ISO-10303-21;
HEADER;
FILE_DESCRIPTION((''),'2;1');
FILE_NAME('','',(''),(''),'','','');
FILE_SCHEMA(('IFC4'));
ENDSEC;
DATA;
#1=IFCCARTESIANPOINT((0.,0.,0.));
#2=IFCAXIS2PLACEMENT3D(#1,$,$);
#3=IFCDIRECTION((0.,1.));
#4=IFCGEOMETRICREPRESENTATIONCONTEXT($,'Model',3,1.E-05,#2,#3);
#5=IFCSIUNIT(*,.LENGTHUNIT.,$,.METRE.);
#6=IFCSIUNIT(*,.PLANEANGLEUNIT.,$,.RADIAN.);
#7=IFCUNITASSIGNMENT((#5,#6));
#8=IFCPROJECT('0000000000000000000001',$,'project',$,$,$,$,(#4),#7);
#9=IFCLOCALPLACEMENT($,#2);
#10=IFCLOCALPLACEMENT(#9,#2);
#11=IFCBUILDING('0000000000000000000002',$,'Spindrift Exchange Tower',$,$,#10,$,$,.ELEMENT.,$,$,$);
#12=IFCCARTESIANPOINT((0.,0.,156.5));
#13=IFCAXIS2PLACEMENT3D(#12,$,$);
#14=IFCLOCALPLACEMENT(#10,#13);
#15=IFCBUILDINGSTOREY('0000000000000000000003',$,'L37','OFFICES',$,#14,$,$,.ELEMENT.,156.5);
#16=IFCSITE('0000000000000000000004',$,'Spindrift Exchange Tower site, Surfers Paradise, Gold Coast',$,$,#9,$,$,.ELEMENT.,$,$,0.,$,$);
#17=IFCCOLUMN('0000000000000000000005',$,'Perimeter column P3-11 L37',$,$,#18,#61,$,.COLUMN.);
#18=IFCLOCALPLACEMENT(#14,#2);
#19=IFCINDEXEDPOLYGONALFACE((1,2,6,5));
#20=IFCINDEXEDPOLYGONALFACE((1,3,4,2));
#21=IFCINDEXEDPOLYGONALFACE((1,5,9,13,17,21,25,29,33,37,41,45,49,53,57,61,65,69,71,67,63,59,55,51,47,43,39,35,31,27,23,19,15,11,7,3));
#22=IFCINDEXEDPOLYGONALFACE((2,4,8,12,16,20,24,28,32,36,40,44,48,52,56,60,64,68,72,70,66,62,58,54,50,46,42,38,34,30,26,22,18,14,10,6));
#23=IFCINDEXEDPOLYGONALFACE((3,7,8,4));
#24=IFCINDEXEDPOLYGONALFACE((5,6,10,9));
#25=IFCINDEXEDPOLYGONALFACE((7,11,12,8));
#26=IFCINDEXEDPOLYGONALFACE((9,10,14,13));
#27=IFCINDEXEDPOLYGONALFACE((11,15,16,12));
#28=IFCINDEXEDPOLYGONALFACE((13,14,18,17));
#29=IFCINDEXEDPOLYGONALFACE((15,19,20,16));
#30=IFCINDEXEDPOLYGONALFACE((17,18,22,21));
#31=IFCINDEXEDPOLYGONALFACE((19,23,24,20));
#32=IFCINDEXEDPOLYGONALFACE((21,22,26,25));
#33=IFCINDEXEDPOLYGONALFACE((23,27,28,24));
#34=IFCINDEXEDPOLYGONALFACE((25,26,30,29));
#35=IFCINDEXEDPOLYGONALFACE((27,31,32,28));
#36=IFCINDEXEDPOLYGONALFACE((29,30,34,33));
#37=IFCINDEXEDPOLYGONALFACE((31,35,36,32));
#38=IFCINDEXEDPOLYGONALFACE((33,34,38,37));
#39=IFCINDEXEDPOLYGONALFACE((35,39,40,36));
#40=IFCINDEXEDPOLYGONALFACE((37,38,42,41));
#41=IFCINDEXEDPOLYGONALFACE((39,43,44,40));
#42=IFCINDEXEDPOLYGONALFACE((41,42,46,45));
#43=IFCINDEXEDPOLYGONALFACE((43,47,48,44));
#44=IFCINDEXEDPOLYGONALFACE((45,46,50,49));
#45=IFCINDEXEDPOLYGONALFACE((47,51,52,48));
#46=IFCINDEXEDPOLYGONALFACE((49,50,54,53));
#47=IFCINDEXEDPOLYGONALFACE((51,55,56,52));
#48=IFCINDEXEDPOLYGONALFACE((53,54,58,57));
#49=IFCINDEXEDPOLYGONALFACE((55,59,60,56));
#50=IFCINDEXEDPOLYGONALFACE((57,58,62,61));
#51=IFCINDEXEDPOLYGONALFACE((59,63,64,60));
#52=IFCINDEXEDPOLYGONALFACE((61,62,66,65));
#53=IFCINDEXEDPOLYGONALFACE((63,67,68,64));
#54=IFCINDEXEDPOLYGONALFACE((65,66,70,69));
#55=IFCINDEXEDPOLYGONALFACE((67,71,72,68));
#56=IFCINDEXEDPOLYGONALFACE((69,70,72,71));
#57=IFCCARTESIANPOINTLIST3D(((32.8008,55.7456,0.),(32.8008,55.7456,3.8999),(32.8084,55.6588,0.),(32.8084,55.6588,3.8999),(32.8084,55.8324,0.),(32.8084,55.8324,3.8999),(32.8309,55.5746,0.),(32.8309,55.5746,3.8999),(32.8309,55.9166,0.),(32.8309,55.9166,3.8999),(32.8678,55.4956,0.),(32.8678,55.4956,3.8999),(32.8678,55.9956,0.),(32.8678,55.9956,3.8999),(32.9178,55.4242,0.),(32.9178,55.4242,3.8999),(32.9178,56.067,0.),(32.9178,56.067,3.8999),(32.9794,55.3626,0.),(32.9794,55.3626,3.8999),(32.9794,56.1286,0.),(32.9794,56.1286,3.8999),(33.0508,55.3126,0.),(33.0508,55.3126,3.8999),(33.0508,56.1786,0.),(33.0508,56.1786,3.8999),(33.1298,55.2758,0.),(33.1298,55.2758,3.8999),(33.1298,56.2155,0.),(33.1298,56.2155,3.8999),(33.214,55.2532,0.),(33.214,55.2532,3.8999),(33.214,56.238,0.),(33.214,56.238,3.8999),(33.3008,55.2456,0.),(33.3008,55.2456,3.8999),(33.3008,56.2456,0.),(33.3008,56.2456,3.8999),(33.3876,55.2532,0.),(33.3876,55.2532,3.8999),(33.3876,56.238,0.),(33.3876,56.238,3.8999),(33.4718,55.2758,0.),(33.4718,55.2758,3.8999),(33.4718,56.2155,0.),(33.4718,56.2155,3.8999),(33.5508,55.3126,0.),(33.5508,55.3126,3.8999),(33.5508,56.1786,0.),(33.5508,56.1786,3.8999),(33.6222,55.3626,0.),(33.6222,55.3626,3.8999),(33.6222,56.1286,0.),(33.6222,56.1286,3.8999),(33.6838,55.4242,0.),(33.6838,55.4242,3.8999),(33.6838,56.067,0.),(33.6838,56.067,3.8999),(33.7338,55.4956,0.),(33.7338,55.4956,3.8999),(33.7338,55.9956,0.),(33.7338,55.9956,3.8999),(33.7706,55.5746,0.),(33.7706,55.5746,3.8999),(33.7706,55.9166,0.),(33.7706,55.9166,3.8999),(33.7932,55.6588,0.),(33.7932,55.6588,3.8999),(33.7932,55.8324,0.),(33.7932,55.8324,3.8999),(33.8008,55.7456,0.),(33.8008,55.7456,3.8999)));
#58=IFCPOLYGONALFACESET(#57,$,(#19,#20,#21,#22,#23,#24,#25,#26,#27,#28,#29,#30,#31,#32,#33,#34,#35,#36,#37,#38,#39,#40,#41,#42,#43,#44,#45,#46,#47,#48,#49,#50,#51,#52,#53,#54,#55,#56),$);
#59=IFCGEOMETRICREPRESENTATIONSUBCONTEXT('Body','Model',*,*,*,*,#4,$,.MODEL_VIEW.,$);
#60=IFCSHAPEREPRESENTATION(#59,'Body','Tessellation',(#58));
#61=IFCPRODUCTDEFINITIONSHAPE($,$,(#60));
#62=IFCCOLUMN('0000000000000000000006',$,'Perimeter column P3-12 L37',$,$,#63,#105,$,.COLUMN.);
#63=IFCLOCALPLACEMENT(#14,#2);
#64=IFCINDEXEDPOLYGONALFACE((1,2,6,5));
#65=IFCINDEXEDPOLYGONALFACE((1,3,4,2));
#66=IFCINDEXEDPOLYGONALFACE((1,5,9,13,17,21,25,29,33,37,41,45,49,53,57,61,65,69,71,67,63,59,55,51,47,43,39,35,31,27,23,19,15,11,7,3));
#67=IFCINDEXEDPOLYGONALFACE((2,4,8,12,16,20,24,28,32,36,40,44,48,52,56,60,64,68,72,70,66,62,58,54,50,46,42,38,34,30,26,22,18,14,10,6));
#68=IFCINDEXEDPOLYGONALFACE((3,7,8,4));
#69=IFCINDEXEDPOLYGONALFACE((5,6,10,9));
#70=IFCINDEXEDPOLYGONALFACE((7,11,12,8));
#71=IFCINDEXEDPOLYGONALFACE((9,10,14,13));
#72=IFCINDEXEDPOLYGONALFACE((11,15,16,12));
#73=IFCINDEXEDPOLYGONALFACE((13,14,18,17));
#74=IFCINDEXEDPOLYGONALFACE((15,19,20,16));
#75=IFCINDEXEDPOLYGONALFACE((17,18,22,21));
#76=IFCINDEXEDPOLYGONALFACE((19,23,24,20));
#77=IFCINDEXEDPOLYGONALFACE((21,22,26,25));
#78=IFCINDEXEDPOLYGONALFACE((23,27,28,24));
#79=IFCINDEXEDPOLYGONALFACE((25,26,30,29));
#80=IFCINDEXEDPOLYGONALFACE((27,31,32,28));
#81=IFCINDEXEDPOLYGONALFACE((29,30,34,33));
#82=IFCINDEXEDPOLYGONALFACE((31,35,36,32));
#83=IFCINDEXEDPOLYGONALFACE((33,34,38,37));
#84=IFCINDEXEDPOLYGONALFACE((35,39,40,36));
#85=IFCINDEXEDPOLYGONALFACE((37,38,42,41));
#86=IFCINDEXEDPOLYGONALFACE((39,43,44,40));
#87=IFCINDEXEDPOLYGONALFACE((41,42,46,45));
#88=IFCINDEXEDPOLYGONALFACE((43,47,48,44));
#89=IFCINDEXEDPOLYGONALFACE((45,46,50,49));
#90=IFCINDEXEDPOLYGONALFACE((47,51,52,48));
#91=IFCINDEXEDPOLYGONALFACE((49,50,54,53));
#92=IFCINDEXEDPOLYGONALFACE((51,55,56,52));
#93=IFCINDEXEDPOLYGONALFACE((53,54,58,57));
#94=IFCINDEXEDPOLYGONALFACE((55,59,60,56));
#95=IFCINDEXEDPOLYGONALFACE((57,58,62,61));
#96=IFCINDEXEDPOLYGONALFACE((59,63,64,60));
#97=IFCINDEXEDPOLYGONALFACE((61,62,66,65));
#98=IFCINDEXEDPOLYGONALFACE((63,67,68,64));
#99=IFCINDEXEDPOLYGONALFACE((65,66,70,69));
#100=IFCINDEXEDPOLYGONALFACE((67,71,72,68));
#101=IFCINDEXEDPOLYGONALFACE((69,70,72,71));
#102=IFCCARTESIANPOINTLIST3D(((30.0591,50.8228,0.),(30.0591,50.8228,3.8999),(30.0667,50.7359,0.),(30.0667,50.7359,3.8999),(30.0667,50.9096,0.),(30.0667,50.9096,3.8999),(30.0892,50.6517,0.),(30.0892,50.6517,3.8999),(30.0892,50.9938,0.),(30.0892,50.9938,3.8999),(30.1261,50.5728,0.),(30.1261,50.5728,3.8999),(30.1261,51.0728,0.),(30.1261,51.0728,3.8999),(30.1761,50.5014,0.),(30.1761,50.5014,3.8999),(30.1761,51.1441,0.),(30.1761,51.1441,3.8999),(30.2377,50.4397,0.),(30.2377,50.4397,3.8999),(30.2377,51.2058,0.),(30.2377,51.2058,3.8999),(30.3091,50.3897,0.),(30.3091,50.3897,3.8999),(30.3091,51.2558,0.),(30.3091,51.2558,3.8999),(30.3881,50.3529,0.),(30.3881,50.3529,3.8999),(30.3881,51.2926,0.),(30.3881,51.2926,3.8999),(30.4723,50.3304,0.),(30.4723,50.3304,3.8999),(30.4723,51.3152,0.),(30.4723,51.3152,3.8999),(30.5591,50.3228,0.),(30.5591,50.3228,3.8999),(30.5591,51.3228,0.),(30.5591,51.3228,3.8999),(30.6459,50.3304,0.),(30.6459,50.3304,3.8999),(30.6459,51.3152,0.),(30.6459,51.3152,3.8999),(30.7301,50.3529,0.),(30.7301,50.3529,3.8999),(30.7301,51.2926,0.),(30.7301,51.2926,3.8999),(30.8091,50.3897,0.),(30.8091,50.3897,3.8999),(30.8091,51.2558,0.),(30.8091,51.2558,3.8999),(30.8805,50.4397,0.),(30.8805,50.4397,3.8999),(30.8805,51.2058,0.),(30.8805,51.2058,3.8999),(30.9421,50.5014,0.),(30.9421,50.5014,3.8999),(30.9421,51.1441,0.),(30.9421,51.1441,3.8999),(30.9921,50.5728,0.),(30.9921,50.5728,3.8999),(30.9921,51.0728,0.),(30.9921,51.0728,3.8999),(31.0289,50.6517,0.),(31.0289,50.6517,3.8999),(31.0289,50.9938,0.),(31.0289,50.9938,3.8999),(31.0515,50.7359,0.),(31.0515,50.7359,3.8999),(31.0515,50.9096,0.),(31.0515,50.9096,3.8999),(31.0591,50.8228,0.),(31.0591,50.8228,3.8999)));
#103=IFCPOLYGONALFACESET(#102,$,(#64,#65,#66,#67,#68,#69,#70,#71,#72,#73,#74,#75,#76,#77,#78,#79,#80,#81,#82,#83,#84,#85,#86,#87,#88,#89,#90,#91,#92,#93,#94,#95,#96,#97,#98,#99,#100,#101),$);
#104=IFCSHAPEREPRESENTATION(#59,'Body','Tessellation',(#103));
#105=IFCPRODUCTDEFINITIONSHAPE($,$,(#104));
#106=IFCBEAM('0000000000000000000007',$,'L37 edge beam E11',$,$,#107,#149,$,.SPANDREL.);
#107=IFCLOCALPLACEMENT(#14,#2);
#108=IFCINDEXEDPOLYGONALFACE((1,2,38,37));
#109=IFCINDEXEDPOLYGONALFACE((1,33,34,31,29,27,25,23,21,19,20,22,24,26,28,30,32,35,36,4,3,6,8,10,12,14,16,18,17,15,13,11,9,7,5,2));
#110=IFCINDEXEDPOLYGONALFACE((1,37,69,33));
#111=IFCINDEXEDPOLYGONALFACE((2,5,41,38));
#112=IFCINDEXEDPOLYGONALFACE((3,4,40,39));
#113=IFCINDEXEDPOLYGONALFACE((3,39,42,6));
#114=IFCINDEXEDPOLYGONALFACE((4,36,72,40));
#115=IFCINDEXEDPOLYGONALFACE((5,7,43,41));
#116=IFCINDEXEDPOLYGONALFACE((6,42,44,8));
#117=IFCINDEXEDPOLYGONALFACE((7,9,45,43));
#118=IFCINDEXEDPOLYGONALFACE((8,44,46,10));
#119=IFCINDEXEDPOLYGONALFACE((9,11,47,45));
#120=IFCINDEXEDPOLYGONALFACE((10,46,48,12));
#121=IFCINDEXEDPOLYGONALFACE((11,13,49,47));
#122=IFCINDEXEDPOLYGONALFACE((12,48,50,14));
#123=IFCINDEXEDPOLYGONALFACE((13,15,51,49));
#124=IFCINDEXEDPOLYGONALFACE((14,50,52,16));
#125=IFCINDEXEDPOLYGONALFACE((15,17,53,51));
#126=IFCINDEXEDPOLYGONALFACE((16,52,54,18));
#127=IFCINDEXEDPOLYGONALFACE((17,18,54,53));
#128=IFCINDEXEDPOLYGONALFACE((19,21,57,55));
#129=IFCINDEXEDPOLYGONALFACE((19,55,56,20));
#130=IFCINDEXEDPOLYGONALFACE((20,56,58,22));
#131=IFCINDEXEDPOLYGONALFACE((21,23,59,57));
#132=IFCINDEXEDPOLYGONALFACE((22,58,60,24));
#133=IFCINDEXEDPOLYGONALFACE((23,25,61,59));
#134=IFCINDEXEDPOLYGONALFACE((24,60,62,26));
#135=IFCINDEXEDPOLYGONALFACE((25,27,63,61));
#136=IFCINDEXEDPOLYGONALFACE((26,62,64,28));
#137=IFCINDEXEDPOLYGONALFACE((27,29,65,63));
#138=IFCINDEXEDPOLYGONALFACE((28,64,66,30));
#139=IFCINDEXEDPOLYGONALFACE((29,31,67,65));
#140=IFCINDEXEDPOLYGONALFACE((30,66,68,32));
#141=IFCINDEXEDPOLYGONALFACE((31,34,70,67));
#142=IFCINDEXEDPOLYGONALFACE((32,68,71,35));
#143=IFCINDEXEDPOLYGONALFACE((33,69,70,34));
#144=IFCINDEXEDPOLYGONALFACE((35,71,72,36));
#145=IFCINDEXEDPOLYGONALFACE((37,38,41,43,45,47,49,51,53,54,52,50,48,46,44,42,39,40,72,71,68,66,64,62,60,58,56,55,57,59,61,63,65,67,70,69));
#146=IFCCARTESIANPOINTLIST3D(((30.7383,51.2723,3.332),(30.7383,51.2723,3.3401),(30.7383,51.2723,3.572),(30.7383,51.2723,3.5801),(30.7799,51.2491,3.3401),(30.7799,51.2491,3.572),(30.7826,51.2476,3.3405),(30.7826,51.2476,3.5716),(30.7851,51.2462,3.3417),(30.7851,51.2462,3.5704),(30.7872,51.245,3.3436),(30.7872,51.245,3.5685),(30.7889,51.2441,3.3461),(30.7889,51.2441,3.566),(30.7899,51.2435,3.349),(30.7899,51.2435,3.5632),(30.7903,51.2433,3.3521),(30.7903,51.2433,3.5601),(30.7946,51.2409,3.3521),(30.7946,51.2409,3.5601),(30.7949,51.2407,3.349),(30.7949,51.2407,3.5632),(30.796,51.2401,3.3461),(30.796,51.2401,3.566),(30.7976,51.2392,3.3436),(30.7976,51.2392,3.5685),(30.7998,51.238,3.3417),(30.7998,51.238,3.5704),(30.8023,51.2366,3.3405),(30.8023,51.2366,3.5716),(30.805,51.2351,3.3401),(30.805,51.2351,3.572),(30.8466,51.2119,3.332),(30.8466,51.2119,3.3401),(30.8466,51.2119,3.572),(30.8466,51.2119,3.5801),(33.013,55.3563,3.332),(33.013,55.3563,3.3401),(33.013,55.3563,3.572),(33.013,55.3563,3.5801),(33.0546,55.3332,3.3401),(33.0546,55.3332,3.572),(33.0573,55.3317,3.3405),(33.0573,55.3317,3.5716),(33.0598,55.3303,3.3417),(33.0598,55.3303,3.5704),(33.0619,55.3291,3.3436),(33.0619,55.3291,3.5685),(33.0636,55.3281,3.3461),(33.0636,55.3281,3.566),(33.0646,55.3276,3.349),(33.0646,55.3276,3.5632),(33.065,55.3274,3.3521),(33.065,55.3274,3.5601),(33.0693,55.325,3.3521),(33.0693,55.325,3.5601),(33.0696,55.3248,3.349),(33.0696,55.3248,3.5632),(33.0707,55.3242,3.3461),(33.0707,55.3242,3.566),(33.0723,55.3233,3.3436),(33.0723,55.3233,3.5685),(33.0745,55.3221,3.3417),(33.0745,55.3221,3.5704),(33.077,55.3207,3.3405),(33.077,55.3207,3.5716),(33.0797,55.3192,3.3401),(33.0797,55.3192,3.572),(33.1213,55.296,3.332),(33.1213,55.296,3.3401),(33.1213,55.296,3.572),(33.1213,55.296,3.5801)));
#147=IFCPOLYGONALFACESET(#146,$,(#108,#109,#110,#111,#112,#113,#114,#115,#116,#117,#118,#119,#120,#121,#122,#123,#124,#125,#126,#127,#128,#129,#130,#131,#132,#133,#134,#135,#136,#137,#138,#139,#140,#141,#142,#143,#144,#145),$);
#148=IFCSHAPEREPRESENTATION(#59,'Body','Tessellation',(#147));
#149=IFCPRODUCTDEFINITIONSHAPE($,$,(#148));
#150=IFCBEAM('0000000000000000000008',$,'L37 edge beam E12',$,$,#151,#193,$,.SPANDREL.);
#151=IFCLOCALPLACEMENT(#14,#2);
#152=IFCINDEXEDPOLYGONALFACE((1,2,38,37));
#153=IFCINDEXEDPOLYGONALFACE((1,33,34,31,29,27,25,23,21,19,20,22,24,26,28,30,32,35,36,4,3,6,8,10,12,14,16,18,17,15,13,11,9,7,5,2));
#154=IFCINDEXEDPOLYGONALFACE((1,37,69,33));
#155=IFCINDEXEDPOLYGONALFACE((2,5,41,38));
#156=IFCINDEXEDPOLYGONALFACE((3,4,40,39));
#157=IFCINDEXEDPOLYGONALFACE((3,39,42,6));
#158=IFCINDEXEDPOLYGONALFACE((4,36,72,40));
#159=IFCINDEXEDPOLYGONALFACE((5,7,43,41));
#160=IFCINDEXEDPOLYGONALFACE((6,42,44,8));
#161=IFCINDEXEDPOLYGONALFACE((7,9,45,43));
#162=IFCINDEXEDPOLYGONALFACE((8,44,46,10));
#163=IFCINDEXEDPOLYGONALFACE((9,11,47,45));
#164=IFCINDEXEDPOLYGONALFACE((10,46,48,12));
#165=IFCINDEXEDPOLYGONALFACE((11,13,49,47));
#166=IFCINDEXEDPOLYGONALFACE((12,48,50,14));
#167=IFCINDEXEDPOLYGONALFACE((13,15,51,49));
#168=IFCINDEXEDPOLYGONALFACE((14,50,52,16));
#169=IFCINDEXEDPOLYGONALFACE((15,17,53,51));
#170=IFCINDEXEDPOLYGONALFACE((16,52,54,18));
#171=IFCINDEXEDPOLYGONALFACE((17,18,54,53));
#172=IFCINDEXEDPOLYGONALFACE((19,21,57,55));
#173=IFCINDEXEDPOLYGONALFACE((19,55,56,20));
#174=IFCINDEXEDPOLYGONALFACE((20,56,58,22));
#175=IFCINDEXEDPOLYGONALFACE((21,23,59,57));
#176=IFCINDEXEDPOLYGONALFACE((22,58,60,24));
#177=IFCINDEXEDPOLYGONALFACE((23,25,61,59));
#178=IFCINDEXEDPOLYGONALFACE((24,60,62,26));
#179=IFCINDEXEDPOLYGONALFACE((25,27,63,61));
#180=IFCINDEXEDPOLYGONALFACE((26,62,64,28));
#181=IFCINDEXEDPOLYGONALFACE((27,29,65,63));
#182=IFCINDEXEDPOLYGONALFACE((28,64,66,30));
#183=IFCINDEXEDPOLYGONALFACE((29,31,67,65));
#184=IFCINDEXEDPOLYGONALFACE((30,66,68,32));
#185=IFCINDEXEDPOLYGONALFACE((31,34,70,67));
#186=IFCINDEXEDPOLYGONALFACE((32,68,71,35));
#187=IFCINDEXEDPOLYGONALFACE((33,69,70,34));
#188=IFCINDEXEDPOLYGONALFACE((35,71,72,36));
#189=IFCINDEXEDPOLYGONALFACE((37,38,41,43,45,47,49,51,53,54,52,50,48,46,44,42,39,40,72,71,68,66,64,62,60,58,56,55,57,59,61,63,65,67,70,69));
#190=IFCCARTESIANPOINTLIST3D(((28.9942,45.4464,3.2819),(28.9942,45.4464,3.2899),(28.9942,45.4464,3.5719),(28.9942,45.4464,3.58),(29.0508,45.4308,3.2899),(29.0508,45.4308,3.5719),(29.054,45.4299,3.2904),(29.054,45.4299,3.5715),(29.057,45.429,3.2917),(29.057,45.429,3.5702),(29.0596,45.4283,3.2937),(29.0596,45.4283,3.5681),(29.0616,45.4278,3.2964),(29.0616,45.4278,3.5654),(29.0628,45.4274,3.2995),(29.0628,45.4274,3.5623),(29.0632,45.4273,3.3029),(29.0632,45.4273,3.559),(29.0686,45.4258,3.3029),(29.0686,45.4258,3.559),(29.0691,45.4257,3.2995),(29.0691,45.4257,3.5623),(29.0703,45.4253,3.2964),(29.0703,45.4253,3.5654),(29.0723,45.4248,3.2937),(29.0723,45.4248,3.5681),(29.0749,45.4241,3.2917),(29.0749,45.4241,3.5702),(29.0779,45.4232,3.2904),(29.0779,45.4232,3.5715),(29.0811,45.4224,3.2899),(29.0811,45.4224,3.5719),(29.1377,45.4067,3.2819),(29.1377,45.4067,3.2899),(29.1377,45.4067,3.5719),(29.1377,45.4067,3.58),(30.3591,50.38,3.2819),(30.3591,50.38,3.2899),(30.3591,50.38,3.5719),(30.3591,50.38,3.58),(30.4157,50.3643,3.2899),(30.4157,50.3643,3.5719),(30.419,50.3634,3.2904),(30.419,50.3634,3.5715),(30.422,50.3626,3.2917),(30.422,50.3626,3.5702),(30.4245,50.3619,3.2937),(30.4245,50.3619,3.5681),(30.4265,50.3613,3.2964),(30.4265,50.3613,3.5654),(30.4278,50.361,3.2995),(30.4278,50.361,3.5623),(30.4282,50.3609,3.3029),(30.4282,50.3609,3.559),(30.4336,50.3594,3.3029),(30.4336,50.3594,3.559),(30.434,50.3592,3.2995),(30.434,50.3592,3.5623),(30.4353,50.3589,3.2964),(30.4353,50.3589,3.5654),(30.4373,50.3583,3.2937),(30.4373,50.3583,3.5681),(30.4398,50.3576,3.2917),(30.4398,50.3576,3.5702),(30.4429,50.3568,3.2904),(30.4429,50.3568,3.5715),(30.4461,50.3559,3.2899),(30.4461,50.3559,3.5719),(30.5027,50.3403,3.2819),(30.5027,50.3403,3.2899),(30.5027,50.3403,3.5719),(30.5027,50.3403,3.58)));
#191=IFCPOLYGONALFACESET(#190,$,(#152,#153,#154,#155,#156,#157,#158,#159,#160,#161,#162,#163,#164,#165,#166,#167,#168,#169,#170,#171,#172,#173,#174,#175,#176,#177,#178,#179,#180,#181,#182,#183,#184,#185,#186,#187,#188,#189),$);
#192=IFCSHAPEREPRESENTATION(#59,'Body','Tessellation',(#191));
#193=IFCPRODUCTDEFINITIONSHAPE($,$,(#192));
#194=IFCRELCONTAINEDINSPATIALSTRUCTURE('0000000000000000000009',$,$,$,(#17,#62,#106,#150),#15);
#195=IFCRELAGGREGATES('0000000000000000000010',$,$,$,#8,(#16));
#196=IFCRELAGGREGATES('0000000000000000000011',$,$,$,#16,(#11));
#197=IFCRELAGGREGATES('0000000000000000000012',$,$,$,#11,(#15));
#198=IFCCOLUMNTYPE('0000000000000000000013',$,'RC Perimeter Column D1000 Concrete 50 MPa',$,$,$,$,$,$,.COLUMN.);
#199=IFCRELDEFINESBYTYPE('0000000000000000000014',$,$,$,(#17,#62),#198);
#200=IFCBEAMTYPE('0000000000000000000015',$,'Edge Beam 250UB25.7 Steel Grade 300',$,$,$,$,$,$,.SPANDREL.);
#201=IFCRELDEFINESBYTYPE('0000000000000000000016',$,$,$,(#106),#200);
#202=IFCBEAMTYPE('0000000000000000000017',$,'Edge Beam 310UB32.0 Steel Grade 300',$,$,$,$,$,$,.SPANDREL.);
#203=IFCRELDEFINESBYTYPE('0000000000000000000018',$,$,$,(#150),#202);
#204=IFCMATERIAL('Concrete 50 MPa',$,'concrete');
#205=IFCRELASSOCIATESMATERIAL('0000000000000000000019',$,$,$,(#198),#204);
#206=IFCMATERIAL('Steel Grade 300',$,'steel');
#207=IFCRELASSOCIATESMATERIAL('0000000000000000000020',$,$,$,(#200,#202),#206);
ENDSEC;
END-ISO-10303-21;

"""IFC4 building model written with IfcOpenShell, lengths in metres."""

from ifc_helpers import new_model, si_unit, direction, frame, origin, origin_2d, place, context, subcontext, project, spatial, circle, i_section, extrude, source, transform, mapped, material, material_profile, profile_set, type_object, element, save


model = new_model("IFC4")

# Units and contexts
model_context = context("Model", 3, precision=1e-05, world=origin(), true_north=direction((0.0, 1.0)))
body_context = subcontext(model_context, "Body", "Model", "MODEL_VIEW")
ifc_project = project(units=[si_unit("LENGTHUNIT", "METRE"), si_unit("PLANEANGLEUNIT", "RADIAN")], contexts=[model_context])

# Site, building, storey
site_placement = place(None, origin())
site = spatial("IfcSite", under=ifc_project, at=site_placement, Name="Spindrift Exchange Tower site, Surfers Paradise, Gold Coast", CompositionType="ELEMENT", RefElevation=0.0)
building_placement = place(site_placement, origin())
building = spatial("IfcBuilding", under=site, at=building_placement, Name="Spindrift Exchange Tower", CompositionType="ELEMENT")
storey_placement = place(building_placement, frame((0.0, 0.0, 156.5)))
storey = spatial("IfcBuildingStorey", under=building, at=storey_placement, Name="L37", Description="OFFICES", CompositionType="ELEMENT", Elevation=156.5)

# Columns
ifc_material_1 = material(Name="Concrete 50 MPa", Category="concrete")
ifc_material_profile_1 = material_profile(ifc_material_1, circle(Radius=0.5, at=origin_2d()), Name="RC D1000")
ifc_profile_set_1 = profile_set([ifc_material_profile_1], Name="Concrete 50 MPa")
column_type = type_object("IfcColumnType", Name="RC Perimeter Column D1000 Concrete 50 MPa", PredefinedType="COLUMN", material=ifc_profile_set_1)
shared_shape_1 = source(origin(), body_context, "Body", "SweptSolid", [
    extrude(circle(Radius=0.5, at=origin_2d()), origin(), (0.0, 0.0, 1.0), 3.8999),
])
for number, where, z_axis, x_axis, name in (
    (1, (33.3008, 55.7456, 0.0), (0.0, 0.0, 1.0), (1.0, 0.0, 0.0), "Perimeter column P3-11 L37"),
    (2, (30.5591, 50.8228, 0.0), (0.0, 0.0, 1.0), (1.0, 0.0, 0.0), "Perimeter column P3-12 L37"),
):
    element("IfcColumn", number, at=place(storey_placement, frame(where, z_axis=z_axis, x_axis=x_axis)), inside=storey, type_object=column_type, Name=name, PredefinedType="COLUMN", context=body_context, shape_type="MappedRepresentation", body=[
        mapped(shared_shape_1, transform((0.0, 0.0, 0.0), scale=1.0)),
    ])

# Beams
ifc_material_2 = material(Name="Steel Grade 300", Category="steel")
ifc_material_profile_2 = material_profile(ifc_material_2, i_section(OverallWidth=0.124, OverallDepth=0.248, WebThickness=0.0049, FlangeThickness=0.0081, FilletRadius=0.012, at=origin_2d()), Name="250UB25.7")
ifc_profile_set_2 = profile_set([ifc_material_profile_2], Name="Steel Grade 300")
beam_type_1 = type_object("IfcBeamType", Name="Edge Beam 250UB25.7 Steel Grade 300", PredefinedType="SPANDREL", material=ifc_profile_set_2)
shared_shape_2 = source(origin(), body_context, "Body", "SweptSolid", [
    extrude(i_section(OverallWidth=0.124, OverallDepth=0.248, WebThickness=0.0049, FlangeThickness=0.0081, FilletRadius=0.012, at=origin_2d()), origin(), (0.0, 0.0, 1.0), 4.6748),
])
beam_1_placement = place(storey_placement, frame((33.0671, 55.3262, 3.4561), z_axis=(-0.486587, -0.873632, 0.0), x_axis=(0.873632, -0.486587, 0.0)))
element("IfcBeam", 3, at=beam_1_placement, inside=storey, type_object=beam_type_1, Name="L37 edge beam E11", PredefinedType="SPANDREL", context=body_context, shape_type="MappedRepresentation", body=[
    mapped(shared_shape_2, transform((0.0, 0.0, 0.0), scale=1.0)),
])
ifc_material_profile_3 = material_profile(ifc_material_2, i_section(OverallWidth=0.1489, OverallDepth=0.2981, WebThickness=0.0056, FlangeThickness=0.0081, FilletRadius=0.0129, at=origin_2d()), Name="310UB32.0")
ifc_profile_set_3 = profile_set([ifc_material_profile_3], Name="Steel Grade 300")
beam_type_2 = type_object("IfcBeamType", Name="Edge Beam 310UB32.0 Steel Grade 300", PredefinedType="SPANDREL", material=ifc_profile_set_3)
shared_shape_3 = source(origin(), body_context, "Body", "SweptSolid", [
    extrude(i_section(OverallWidth=0.1489, OverallDepth=0.2981, WebThickness=0.0056, FlangeThickness=0.0081, FilletRadius=0.0129, at=origin_2d()), origin(), (0.0, 0.0, 1.0), 5.1189),
])
beam_2_placement = place(storey_placement, frame((30.4309, 50.3601, 3.4309), z_axis=(-0.266655, -0.963792, 0.0), x_axis=(0.963792, -0.266655, 0.0)))
element("IfcBeam", 4, at=beam_2_placement, inside=storey, type_object=beam_type_2, Name="L37 edge beam E12", PredefinedType="SPANDREL", context=body_context, shape_type="MappedRepresentation", body=[
    mapped(shared_shape_3, transform((0.0, 0.0, 0.0), scale=1.0)),
])

save(model, "model.ifc")
